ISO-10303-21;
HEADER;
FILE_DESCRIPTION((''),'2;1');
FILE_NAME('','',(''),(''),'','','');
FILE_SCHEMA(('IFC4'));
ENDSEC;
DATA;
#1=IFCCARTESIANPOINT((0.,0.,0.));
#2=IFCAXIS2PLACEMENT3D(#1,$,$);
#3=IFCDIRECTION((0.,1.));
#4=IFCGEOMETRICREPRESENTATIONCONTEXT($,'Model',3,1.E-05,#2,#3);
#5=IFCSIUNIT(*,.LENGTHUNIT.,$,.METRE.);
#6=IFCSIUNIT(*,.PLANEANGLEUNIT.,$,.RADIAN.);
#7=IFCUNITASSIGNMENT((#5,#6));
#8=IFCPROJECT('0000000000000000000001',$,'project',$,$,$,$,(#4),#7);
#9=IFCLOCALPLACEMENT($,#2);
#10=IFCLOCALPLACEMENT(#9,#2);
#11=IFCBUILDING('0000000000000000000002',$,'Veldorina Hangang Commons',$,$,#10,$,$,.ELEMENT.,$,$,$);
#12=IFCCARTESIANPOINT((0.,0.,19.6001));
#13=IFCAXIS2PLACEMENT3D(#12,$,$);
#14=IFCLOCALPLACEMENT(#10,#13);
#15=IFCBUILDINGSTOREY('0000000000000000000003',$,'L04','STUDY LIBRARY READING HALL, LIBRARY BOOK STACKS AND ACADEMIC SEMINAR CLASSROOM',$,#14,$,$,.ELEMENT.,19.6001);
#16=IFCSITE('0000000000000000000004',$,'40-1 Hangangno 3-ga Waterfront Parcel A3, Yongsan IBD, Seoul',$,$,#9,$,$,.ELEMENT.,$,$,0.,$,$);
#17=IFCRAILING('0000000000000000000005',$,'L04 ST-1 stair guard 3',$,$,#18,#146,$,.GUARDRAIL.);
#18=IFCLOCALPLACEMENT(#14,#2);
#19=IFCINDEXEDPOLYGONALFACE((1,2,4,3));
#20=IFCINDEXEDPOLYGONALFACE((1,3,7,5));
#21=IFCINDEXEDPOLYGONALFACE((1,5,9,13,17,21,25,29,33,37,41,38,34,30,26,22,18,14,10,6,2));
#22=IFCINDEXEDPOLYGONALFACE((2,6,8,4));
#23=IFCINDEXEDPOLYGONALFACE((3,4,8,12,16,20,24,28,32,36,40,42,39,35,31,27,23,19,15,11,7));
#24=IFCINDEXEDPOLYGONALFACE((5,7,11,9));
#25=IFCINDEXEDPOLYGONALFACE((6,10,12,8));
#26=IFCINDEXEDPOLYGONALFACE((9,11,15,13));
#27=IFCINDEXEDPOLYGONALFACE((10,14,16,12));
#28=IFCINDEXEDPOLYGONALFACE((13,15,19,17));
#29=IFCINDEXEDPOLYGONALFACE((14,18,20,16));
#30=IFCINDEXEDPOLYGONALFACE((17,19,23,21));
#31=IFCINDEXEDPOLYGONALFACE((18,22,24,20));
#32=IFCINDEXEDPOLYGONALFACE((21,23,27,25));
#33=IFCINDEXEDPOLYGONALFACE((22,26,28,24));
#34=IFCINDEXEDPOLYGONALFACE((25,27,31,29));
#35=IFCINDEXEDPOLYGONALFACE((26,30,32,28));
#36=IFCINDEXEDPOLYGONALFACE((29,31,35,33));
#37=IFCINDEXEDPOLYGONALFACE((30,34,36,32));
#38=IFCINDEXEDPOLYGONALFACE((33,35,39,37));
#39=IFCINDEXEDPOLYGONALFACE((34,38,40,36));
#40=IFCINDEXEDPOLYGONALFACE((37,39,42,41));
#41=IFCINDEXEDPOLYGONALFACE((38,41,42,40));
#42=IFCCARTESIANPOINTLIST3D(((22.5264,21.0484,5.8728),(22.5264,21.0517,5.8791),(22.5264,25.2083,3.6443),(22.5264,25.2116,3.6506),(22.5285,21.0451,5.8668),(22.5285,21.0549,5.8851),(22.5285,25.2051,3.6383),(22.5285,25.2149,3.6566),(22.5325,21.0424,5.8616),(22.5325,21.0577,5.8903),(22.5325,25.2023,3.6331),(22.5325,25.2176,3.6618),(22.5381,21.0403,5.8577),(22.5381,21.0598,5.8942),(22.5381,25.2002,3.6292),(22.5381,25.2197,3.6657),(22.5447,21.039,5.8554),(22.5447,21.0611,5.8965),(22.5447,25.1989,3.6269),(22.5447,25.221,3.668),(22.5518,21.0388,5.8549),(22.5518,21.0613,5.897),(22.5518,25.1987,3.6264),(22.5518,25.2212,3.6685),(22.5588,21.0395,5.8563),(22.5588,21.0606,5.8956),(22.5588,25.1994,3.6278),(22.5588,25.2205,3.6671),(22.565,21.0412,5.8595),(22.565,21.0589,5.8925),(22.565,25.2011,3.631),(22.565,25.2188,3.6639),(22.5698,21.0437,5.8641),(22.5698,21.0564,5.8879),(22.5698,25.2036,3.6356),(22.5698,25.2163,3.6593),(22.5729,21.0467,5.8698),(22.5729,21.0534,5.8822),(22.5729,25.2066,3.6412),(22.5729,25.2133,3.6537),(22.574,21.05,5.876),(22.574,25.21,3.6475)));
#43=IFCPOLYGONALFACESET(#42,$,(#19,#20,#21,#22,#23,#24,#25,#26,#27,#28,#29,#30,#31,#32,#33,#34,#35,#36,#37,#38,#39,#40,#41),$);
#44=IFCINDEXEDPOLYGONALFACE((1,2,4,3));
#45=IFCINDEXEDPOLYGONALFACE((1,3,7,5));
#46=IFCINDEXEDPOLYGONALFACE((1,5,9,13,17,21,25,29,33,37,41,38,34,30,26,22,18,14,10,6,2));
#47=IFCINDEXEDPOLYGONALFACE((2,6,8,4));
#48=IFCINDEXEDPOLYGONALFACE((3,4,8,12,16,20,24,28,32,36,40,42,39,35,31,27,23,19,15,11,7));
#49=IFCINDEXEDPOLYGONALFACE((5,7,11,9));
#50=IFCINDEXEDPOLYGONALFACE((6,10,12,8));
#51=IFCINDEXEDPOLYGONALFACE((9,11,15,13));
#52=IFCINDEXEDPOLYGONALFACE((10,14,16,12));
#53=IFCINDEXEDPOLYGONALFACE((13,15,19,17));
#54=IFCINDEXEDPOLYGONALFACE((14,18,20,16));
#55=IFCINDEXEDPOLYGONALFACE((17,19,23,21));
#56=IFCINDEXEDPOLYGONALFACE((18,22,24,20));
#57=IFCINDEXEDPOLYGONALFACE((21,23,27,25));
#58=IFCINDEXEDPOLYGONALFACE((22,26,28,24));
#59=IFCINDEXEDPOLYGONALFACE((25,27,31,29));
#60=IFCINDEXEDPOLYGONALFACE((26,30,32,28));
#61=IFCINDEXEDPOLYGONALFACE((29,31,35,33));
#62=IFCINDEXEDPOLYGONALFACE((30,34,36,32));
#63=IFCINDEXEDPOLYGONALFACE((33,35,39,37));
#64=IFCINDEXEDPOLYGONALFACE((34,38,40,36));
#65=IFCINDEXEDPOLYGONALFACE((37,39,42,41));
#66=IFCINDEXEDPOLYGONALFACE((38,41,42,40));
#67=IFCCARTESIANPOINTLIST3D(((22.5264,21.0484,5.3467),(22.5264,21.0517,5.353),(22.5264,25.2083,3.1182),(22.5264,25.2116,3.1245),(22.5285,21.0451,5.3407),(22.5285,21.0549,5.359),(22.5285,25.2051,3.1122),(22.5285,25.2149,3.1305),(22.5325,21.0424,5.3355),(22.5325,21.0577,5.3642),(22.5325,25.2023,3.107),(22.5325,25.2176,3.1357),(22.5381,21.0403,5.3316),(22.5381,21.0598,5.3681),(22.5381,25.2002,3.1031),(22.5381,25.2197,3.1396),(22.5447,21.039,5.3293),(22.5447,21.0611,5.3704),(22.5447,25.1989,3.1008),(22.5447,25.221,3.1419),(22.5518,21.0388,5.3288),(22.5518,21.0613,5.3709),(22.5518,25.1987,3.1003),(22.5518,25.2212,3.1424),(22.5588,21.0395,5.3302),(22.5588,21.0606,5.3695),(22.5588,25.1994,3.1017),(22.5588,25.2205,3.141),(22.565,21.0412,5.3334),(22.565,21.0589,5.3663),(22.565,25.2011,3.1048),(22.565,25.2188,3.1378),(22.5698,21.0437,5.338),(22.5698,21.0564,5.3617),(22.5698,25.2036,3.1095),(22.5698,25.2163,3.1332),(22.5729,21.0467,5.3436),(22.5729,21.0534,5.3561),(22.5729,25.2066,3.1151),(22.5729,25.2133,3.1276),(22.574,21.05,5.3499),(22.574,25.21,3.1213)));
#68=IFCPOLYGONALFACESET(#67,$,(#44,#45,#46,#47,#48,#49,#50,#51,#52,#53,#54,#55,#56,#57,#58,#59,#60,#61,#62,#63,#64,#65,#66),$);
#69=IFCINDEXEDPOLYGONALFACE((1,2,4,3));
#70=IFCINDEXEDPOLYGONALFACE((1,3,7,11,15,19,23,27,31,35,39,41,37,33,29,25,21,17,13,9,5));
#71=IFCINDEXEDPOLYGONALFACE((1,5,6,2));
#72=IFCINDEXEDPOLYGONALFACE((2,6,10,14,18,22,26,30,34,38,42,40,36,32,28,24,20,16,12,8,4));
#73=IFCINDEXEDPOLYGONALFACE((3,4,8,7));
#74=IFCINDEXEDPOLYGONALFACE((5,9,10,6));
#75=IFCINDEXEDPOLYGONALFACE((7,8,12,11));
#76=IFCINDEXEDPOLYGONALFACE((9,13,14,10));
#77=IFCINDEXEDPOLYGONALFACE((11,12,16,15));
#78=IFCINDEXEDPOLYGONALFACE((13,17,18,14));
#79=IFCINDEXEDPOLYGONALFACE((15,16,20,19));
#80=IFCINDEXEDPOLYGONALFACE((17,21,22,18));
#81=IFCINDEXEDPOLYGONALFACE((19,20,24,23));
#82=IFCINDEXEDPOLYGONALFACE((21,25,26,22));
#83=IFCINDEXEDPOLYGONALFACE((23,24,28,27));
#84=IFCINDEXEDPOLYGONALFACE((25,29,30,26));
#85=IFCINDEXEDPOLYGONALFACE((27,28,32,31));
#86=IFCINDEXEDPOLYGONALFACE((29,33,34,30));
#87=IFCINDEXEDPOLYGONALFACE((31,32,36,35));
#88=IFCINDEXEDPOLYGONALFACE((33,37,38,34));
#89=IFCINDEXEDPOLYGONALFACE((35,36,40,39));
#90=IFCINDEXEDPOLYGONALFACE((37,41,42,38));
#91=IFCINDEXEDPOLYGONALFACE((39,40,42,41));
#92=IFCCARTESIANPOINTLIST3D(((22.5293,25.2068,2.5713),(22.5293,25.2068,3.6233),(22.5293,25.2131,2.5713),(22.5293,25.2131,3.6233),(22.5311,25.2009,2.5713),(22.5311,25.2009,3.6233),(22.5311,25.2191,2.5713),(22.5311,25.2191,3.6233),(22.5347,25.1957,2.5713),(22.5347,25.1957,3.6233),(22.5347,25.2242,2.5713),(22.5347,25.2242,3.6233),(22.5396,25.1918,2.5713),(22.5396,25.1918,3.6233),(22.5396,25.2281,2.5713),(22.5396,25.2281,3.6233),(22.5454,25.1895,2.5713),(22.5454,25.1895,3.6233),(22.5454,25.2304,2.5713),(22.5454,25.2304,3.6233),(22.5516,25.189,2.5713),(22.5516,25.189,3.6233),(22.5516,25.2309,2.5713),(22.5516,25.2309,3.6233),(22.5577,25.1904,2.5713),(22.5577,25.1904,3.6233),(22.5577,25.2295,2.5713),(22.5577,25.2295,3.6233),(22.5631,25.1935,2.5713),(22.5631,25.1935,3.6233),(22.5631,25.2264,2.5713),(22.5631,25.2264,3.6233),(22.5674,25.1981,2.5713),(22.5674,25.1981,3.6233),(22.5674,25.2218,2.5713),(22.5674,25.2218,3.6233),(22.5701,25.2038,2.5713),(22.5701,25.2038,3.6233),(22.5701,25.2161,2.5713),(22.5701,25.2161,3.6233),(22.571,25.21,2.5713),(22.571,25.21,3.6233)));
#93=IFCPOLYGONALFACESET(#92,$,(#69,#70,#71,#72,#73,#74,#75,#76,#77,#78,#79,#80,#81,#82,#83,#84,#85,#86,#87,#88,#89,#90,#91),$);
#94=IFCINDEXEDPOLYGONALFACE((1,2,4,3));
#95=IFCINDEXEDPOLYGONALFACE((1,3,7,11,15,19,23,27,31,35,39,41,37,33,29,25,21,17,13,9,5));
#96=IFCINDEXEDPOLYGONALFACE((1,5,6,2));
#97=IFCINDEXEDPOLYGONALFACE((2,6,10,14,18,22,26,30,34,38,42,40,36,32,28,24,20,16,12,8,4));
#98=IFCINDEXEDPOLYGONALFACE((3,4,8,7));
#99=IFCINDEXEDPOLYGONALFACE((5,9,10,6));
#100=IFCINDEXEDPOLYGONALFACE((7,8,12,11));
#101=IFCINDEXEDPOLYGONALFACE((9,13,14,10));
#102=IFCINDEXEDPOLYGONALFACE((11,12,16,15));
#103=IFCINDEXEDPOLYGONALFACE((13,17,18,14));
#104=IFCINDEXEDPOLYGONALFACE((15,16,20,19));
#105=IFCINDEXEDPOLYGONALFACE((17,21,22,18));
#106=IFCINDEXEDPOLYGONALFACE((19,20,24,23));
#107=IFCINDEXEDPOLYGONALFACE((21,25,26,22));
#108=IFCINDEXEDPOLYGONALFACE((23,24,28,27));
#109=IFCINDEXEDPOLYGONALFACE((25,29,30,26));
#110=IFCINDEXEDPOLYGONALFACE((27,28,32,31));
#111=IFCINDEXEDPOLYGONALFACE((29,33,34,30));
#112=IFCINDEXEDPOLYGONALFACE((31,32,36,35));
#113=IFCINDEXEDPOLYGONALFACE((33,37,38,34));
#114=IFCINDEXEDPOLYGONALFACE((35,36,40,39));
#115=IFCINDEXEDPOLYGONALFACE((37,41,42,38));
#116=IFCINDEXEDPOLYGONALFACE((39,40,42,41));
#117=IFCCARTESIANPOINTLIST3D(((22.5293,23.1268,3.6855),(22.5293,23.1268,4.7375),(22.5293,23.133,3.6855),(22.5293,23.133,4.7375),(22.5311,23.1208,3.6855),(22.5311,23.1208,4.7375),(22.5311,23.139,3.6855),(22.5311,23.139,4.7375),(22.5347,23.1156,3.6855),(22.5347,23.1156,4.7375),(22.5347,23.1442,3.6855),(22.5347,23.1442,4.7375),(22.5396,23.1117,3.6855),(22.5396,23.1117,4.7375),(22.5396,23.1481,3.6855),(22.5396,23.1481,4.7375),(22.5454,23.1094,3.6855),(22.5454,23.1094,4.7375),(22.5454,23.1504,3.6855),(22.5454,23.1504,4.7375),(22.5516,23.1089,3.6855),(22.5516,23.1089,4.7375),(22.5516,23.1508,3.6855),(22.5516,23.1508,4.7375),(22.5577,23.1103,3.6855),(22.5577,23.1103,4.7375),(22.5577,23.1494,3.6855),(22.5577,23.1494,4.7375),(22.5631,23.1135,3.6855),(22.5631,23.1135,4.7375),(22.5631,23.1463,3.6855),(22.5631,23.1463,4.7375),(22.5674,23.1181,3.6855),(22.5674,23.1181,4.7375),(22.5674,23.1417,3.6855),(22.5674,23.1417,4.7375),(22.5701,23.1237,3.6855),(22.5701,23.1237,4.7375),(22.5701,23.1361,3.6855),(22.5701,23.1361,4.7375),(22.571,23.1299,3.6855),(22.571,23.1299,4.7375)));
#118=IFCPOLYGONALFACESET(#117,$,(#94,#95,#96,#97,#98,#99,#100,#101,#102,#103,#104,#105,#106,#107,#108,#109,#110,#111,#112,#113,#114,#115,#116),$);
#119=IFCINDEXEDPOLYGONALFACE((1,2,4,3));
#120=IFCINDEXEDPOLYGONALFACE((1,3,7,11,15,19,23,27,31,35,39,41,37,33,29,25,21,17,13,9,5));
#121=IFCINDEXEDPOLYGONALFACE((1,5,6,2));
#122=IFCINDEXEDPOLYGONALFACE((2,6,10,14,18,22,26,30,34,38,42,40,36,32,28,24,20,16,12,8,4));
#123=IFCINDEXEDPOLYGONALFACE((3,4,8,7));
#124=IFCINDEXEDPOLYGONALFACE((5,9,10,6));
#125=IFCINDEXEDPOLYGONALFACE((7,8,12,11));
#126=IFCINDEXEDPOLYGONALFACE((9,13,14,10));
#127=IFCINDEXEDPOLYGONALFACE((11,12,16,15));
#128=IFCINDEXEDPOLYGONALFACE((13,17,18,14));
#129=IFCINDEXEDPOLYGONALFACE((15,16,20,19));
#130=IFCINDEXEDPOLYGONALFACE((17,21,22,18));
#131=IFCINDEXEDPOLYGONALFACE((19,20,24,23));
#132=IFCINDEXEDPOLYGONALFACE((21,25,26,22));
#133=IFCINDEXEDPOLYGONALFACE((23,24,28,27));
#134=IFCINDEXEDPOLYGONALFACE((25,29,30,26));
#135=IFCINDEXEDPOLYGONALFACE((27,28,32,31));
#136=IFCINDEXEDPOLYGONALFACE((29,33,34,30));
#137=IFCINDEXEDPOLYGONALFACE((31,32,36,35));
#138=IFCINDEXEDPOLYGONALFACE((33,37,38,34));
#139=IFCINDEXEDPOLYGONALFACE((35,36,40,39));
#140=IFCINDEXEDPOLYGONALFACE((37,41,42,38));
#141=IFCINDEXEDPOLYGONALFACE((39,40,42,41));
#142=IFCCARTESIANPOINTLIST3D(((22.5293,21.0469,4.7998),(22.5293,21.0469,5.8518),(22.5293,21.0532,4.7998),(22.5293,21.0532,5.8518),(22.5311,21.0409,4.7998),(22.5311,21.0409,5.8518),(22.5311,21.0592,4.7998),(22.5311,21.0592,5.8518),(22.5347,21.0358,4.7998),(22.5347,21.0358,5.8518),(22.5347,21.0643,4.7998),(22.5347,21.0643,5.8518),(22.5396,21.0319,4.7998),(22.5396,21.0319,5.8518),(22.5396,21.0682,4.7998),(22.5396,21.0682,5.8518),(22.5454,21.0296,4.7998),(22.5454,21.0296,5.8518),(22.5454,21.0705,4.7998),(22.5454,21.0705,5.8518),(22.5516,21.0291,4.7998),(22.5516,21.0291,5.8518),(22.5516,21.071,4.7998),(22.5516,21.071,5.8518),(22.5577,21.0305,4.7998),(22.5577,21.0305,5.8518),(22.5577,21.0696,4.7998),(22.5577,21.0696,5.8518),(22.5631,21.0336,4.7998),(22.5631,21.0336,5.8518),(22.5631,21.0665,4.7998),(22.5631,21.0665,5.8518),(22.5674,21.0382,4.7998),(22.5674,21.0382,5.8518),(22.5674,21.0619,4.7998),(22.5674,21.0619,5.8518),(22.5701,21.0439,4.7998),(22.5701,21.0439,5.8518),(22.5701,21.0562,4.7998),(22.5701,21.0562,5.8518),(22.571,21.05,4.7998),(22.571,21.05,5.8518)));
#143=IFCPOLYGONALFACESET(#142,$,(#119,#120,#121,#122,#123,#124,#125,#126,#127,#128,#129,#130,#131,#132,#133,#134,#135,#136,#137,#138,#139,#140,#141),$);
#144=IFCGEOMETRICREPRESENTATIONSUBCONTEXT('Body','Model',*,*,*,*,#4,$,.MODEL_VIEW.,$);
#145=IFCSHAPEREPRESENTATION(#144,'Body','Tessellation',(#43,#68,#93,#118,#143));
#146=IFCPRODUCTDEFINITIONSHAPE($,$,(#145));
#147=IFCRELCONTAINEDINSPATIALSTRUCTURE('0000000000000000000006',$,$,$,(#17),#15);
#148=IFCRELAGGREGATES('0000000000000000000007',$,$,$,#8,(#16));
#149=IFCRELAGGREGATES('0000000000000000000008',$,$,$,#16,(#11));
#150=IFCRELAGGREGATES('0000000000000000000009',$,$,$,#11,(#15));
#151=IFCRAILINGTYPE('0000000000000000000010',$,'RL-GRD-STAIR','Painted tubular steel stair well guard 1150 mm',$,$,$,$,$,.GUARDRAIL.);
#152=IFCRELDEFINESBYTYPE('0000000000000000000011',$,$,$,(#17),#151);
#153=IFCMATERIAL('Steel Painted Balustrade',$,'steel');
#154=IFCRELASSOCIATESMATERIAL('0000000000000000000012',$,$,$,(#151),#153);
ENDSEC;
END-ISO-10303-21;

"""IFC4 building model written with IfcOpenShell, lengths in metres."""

from ifc_helpers import new_model, si_unit, direction, frame, origin, origin_2d, place, context, subcontext, project, spatial, circle, extrude, material, type_object, element, save


model = new_model("IFC4")

# Units and contexts
model_context = context("Model", 3, precision=1e-05, world=origin(), true_north=direction((0.0, 1.0)))
body_context = subcontext(model_context, "Body", "Model", "MODEL_VIEW")
ifc_project = project(units=[si_unit("LENGTHUNIT", "METRE"), si_unit("PLANEANGLEUNIT", "RADIAN")], contexts=[model_context])

# Site, building, storey
site_placement = place(None, origin())
site = spatial("IfcSite", under=ifc_project, at=site_placement, Name="40-1 Hangangno 3-ga Waterfront Parcel A3, Yongsan IBD, Seoul", CompositionType="ELEMENT", RefElevation=0.0)
building_placement = place(site_placement, origin())
building = spatial("IfcBuilding", under=site, at=building_placement, Name="Veldorina Hangang Commons", CompositionType="ELEMENT")
storey_placement = place(building_placement, frame((0.0, 0.0, 19.6001)))
storey = spatial("IfcBuildingStorey", under=building, at=storey_placement, Name="L04", Description="STUDY LIBRARY READING HALL, LIBRARY BOOK STACKS AND ACADEMIC SEMINAR CLASSROOM", CompositionType="ELEMENT", Elevation=19.6001)

# Railing
ifc_material_1 = material(Name="Steel Painted Balustrade", Category="steel")
railing_type_1 = type_object("IfcRailingType", Name="RL-GRD-STAIR", Description="Painted tubular steel stair well guard 1150 mm", PredefinedType="GUARDRAIL", material=ifc_material_1)
railing_1_placement = place(storey_placement, frame((22.55, 25.21, 2.5713)))
element("IfcRailing", 1, at=railing_1_placement, inside=storey, type_object=railing_type_1, Name="L04 ST-1 stair guard 3", PredefinedType="GUARDRAIL", context=body_context, shape_type="SweptSolid", body=[
    extrude(circle(Radius=0.0239, at=origin_2d()), frame((0.0, 0.0, 1.0762), z_axis=(0.0, -0.881481, 0.47222), x_axis=(1.0, 0.0, 0.0)), (0.0, 0.0, 1.0), 4.7192),
    extrude(circle(Radius=0.0239, at=origin_2d()), frame((0.0, 0.0, 0.55), z_axis=(0.0, -0.881481, 0.47222), x_axis=(1.0, 0.0, 0.0)), (0.0, 0.0, 1.0), 4.7192),
    extrude(circle(Radius=0.021, at=origin_2d()), origin(), (0.0, 0.0, 1.0), 1.052),
    extrude(circle(Radius=0.021, at=origin_2d()), frame((0.0, -2.0801, 1.1143)), (0.0, 0.0, 1.0), 1.052),
    extrude(circle(Radius=0.021, at=origin_2d()), frame((0.0, -4.1599, 2.2285)), (0.0, 0.0, 1.0), 1.052),
])

save(model, "model.ifc")
